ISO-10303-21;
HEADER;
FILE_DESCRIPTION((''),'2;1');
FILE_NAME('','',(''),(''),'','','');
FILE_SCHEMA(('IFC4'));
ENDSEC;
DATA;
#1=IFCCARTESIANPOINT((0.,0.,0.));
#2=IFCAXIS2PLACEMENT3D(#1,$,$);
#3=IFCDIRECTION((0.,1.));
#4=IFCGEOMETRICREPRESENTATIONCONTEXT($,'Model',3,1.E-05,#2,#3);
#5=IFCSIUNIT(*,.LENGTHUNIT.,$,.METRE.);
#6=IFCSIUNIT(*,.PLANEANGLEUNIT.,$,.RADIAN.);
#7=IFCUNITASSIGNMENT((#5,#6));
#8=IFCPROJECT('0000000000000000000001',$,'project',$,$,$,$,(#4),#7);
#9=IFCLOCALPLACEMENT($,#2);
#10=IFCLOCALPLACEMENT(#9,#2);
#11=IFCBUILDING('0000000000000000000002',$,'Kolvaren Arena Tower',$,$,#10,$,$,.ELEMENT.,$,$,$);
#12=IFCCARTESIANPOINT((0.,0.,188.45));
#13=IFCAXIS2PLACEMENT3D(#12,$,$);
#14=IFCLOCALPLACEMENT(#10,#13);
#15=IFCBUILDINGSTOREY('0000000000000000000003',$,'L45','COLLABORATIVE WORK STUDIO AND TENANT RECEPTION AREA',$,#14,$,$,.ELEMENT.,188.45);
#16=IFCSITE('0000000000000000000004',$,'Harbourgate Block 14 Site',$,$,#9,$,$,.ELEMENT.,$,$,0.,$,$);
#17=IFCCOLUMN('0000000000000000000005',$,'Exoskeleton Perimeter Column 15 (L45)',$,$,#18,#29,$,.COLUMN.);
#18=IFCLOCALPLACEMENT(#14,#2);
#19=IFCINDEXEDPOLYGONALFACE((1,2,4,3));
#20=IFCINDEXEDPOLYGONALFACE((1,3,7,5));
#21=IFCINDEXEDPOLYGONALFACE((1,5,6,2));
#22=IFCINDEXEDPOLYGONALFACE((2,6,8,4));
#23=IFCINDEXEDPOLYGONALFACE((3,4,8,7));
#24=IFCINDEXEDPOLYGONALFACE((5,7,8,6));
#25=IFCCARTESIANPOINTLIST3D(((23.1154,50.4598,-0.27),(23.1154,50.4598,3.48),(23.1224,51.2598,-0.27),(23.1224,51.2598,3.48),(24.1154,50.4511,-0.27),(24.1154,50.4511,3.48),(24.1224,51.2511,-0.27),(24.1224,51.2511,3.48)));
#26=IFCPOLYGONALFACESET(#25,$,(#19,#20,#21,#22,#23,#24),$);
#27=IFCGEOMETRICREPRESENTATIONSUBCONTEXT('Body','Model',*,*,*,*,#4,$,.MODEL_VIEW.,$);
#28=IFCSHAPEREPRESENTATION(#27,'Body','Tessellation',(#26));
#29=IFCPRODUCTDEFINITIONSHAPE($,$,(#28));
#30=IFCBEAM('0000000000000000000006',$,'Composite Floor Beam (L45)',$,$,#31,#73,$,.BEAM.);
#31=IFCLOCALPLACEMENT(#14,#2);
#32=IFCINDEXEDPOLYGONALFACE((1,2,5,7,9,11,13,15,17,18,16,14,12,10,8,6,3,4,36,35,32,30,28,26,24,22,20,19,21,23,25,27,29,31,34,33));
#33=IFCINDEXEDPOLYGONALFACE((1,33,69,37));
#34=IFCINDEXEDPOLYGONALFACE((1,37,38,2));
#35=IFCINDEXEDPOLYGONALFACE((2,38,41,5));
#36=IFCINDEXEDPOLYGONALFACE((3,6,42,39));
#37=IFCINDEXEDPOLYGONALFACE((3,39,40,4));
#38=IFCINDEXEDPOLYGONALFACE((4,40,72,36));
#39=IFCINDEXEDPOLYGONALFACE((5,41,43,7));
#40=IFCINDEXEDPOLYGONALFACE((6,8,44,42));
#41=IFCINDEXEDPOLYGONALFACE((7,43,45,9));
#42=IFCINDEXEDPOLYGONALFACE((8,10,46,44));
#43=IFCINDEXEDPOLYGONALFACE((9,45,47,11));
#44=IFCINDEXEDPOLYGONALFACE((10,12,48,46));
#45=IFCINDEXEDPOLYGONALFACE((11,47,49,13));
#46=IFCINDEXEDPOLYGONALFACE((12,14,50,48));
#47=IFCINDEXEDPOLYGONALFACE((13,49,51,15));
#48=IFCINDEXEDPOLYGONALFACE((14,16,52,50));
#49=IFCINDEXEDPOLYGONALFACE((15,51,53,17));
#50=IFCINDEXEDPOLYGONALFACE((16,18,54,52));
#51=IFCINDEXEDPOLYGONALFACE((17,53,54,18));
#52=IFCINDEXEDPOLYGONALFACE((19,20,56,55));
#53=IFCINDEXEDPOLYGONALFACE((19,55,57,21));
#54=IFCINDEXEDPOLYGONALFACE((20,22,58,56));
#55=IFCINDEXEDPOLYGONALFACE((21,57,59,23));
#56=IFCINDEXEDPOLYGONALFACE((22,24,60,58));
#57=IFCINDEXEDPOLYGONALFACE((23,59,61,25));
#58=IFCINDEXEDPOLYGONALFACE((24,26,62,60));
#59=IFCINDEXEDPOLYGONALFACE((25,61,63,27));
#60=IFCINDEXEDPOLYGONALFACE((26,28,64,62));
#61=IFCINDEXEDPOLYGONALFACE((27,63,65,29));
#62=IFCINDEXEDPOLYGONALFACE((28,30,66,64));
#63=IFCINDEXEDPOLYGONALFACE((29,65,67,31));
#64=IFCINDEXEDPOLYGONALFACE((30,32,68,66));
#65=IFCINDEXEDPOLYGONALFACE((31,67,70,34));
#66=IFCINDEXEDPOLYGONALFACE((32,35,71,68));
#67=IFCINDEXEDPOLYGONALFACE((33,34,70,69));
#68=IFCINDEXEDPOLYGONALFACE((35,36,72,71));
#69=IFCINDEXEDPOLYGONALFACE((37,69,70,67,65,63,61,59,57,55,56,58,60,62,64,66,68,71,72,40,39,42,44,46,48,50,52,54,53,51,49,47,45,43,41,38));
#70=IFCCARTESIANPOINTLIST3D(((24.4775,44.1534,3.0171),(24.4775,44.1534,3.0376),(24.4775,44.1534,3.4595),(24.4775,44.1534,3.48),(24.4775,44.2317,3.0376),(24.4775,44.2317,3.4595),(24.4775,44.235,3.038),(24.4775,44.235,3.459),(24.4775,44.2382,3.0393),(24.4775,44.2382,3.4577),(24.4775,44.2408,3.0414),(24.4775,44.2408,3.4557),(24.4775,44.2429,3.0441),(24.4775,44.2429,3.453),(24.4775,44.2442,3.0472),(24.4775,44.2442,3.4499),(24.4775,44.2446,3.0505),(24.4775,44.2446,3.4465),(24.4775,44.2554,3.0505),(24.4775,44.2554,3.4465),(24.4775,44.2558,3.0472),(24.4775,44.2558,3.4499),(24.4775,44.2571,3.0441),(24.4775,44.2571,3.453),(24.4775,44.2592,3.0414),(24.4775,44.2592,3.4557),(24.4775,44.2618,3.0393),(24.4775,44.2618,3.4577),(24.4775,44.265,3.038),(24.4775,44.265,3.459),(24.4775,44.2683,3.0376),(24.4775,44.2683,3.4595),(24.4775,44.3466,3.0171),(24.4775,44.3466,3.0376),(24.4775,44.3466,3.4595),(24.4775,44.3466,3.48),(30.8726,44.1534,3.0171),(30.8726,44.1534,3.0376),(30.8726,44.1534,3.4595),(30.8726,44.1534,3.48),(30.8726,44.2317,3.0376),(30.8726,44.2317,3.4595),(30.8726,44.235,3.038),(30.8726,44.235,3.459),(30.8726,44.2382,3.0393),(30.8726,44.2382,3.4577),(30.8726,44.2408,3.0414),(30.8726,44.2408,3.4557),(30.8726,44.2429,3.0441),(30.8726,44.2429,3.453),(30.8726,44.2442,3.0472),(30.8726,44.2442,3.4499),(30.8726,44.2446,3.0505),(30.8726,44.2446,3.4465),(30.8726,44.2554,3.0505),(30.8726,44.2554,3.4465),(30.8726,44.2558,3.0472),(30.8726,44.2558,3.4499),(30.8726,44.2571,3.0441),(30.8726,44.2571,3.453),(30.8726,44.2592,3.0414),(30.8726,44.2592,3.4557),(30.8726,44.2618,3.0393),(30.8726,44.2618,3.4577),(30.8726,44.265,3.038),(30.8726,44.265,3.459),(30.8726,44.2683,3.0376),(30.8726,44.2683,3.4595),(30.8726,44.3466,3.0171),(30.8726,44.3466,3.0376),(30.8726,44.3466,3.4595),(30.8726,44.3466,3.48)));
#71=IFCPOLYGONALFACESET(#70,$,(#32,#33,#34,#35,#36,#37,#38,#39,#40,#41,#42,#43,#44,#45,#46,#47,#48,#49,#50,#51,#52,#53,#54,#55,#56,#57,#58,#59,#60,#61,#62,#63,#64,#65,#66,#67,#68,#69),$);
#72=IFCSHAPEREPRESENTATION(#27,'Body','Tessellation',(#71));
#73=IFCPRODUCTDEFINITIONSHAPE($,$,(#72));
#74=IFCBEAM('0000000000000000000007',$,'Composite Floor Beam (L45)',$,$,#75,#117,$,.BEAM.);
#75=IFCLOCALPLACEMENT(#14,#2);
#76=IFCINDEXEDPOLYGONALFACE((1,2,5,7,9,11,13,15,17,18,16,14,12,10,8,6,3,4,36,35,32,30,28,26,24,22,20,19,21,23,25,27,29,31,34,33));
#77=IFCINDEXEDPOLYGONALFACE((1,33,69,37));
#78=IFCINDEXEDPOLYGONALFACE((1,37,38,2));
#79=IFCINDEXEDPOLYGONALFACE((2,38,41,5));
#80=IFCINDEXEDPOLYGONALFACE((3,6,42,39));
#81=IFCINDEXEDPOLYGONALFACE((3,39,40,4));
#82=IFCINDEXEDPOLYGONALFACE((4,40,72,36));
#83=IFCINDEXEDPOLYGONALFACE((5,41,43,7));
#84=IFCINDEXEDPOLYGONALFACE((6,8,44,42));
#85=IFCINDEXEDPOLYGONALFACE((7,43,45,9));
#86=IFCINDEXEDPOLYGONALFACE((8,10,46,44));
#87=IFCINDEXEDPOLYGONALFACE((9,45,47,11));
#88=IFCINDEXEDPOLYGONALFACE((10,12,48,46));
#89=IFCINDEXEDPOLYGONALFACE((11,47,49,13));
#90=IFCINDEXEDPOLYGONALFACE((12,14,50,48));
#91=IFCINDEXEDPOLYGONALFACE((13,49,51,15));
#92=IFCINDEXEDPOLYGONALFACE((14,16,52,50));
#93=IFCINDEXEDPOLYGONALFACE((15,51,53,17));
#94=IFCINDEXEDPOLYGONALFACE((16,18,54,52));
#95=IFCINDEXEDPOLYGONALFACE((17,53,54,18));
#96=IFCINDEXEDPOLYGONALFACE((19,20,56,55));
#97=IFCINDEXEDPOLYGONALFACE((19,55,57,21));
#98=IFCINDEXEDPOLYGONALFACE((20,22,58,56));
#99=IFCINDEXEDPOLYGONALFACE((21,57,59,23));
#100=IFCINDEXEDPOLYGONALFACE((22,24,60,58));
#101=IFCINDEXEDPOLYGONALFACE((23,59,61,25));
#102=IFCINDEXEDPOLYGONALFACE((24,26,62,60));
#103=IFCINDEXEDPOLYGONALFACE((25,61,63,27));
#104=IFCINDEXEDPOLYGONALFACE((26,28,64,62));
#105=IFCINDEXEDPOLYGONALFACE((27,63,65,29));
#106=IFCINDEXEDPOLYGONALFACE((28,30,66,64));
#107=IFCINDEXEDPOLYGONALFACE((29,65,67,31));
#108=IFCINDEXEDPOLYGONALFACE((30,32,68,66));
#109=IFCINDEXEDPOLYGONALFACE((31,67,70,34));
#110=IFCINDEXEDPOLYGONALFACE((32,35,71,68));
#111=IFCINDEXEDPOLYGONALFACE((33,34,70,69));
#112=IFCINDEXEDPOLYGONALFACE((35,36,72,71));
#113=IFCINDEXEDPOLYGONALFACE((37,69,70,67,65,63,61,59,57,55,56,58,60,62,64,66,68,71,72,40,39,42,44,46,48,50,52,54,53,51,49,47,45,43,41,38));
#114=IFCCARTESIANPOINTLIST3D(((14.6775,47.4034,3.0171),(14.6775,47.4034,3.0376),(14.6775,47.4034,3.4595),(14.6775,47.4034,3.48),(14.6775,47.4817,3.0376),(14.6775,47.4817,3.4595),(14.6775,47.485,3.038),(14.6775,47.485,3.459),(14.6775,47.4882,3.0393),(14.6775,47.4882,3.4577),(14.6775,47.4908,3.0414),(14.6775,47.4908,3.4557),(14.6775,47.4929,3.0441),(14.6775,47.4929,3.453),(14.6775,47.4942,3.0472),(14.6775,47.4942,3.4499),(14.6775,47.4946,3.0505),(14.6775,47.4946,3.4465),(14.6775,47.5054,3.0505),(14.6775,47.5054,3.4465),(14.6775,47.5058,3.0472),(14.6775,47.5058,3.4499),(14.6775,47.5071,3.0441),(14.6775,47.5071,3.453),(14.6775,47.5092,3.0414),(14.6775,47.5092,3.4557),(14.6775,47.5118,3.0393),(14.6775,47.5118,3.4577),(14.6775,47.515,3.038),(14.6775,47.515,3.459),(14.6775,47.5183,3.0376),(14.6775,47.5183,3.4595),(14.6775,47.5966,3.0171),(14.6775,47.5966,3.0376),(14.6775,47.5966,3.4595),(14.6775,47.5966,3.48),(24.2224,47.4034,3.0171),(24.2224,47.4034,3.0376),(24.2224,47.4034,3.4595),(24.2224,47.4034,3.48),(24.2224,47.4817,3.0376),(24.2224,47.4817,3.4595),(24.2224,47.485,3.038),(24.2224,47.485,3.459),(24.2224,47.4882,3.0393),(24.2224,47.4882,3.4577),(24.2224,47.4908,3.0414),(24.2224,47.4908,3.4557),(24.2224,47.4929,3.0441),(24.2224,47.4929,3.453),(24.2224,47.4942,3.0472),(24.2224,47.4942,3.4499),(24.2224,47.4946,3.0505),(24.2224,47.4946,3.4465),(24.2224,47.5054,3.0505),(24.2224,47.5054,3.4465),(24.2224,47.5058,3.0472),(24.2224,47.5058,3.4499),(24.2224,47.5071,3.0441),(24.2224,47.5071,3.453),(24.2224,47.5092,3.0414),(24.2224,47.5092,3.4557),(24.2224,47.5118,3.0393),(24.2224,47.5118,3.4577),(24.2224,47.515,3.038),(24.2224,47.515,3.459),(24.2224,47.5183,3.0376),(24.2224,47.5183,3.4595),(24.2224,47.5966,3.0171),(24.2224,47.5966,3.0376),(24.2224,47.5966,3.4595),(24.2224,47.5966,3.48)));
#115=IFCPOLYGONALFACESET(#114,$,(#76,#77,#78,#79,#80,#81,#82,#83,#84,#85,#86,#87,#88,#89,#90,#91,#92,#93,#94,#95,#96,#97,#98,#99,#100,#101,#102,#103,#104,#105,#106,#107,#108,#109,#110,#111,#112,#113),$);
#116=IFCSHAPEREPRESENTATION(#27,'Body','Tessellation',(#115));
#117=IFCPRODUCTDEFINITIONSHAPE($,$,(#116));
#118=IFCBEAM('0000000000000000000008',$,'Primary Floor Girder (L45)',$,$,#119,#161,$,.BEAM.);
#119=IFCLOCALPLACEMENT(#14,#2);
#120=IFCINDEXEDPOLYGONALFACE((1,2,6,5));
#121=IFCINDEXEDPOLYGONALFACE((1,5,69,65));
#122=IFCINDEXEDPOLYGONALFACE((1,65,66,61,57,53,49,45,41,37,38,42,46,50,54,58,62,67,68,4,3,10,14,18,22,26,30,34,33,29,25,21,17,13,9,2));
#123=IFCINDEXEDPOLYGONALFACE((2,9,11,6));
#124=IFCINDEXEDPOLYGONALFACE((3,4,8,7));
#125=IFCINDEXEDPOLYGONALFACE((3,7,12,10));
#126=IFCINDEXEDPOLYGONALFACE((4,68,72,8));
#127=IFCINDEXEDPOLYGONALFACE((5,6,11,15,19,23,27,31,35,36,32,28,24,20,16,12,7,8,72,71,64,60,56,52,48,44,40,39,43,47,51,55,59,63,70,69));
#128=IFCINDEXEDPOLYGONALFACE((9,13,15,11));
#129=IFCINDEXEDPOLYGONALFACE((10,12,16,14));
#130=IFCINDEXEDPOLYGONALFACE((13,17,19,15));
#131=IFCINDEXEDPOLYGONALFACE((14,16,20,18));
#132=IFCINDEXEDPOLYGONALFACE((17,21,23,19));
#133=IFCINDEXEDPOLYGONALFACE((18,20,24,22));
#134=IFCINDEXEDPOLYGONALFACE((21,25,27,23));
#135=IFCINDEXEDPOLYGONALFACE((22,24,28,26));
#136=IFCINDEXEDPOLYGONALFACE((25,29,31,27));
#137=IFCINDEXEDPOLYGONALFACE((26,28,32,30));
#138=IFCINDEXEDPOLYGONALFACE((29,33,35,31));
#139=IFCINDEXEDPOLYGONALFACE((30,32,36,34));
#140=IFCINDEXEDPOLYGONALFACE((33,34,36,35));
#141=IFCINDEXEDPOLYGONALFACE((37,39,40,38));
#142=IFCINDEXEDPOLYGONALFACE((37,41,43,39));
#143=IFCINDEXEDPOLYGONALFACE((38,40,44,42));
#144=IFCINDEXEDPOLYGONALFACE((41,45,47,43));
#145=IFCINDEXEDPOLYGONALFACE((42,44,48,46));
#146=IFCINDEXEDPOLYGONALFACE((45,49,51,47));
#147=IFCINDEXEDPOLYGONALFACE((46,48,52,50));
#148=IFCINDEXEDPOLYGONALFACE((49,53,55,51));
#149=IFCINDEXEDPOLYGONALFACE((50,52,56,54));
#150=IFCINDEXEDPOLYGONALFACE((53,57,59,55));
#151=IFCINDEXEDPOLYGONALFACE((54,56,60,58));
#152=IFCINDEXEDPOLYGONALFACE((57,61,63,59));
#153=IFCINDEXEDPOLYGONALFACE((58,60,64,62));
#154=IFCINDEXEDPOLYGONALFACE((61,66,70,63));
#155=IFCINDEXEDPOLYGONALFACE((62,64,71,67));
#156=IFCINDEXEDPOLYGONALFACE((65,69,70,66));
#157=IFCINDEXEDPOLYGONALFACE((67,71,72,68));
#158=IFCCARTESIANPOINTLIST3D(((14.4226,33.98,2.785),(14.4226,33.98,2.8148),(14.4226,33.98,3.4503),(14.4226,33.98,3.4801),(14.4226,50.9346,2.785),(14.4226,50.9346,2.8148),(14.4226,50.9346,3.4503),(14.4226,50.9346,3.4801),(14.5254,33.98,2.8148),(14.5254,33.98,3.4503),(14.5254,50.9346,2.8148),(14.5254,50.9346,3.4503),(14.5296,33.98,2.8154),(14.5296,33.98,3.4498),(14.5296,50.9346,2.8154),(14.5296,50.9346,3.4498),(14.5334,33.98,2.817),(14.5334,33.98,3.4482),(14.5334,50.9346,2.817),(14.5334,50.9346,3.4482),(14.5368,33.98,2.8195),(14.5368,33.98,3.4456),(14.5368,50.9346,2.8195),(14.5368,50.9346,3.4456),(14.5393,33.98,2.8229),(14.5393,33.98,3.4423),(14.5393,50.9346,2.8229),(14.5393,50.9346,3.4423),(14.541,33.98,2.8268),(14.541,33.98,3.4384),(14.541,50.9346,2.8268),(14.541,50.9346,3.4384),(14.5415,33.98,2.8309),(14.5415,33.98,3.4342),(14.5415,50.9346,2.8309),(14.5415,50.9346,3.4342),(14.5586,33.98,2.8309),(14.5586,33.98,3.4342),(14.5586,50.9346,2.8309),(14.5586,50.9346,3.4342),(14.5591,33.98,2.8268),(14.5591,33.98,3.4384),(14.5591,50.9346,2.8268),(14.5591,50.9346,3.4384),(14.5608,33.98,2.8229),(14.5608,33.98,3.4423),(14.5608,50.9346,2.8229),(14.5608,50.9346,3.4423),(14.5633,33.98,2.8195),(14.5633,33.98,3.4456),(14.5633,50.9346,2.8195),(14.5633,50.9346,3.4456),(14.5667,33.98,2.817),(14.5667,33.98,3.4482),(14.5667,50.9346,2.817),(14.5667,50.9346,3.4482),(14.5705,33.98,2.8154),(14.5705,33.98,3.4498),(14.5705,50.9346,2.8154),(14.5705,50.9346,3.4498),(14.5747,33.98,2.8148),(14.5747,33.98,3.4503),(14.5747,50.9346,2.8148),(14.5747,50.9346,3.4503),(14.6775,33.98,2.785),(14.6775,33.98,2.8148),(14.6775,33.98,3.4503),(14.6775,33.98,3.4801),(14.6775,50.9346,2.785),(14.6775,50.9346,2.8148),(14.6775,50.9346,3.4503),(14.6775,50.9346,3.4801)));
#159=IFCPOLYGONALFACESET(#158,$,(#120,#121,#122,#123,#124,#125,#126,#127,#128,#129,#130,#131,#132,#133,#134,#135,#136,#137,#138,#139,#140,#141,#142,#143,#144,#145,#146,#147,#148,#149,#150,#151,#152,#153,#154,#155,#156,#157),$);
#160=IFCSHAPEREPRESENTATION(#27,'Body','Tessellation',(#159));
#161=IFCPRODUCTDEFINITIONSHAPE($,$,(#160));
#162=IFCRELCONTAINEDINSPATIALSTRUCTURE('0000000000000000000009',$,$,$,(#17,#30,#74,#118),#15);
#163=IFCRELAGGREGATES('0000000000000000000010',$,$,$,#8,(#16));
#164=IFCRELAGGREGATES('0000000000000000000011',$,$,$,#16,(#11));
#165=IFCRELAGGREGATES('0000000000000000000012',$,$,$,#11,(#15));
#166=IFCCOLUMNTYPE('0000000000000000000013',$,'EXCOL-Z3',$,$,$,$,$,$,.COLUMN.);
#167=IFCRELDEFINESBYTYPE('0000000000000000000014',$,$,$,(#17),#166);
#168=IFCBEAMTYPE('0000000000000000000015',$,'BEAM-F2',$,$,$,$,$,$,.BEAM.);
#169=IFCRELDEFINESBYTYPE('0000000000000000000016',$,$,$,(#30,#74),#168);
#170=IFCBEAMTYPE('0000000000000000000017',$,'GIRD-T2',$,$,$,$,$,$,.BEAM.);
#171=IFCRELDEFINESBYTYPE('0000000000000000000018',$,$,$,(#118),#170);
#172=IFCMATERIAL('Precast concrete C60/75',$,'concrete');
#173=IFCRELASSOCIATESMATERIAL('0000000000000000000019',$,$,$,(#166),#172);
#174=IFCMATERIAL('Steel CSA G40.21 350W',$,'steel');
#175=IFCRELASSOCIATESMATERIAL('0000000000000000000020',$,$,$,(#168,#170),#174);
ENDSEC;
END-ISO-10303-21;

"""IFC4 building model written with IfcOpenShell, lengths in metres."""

from ifc_helpers import new_model, si_unit, direction, frame, origin, origin_2d, place, context, subcontext, project, spatial, rectangle, i_section, extrude, material, material_profile, profile_set, type_object, element, save


model = new_model("IFC4")

# Units and contexts
model_context = context("Model", 3, precision=1e-05, world=origin(), true_north=direction((0.0, 1.0)))
body_context = subcontext(model_context, "Body", "Model", "MODEL_VIEW")
ifc_project = project(units=[si_unit("LENGTHUNIT", "METRE"), si_unit("PLANEANGLEUNIT", "RADIAN")], contexts=[model_context])

# Site, building, storey
site_placement = place(None, origin())
site = spatial("IfcSite", under=ifc_project, at=site_placement, Name="Harbourgate Block 14 Site", CompositionType="ELEMENT", RefElevation=0.0)
building_placement = place(site_placement, origin())
building = spatial("IfcBuilding", under=site, at=building_placement, Name="Kolvaren Arena Tower", CompositionType="ELEMENT")
storey_placement = place(building_placement, frame((0.0, 0.0, 188.45)))
storey = spatial("IfcBuildingStorey", under=building, at=storey_placement, Name="L45", Description="COLLABORATIVE WORK STUDIO AND TENANT RECEPTION AREA", CompositionType="ELEMENT", Elevation=188.45)

# Column
ifc_material_1 = material(Name="Precast concrete C60/75", Category="concrete")
ifc_material_profile_1 = material_profile(ifc_material_1, rectangle(XDim=1.0, YDim=0.8, at=origin_2d()), Name="RC-1000x800")
ifc_profile_set_1 = profile_set([ifc_material_profile_1], Name="Precast concrete C60/75")
column_type = type_object("IfcColumnType", Name="EXCOL-Z3", PredefinedType="COLUMN", material=ifc_profile_set_1)
column_placement = place(storey_placement, frame((23.6189, 50.8555, -0.27), z_axis=(0.0, 0.0, 1.0), x_axis=(0.999962, -0.008727, 0.0)))
element("IfcColumn", 1, at=column_placement, inside=storey, type_object=column_type, Name="Exoskeleton Perimeter Column 15 (L45)", PredefinedType="COLUMN", context=body_context, shape_type="SweptSolid", body=[
    extrude(rectangle(XDim=1.0, YDim=0.8, at=origin_2d()), origin(), (0.0, 0.0, 1.0), 3.75),
])

# Beams
ifc_material_2 = material(Name="Steel CSA G40.21 350W", Category="steel")
ifc_material_profile_2 = material_profile(ifc_material_2, i_section(OverallWidth=0.1931, OverallDepth=0.4629, WebThickness=0.0107, FlangeThickness=0.0205, FilletRadius=0.0129, at=origin_2d()), Name="W460x113")
ifc_profile_set_2 = profile_set([ifc_material_profile_2], Name="Steel CSA G40.21 350W")
beam_type_1 = type_object("IfcBeamType", Name="BEAM-F2", PredefinedType="BEAM", material=ifc_profile_set_2)
beam_1_placement = place(storey_placement, frame((24.4775, 44.25, 3.2485), z_axis=(1.0, 0.0, 0.0), x_axis=(0.0, 1.0, 0.0)))
element("IfcBeam", 2, at=beam_1_placement, inside=storey, type_object=beam_type_1, Name="Composite Floor Beam (L45)", PredefinedType="BEAM", context=body_context, shape_type="SweptSolid", body=[
    extrude(i_section(OverallWidth=0.1931, OverallDepth=0.4629, WebThickness=0.0107, FlangeThickness=0.0205, FilletRadius=0.0129, at=origin_2d()), origin(), (0.0, 0.0, 1.0), 6.395),
])
beam_2_placement = place(storey_placement, frame((14.6775, 47.5, 3.2485), z_axis=(1.0, 0.0, 0.0), x_axis=(0.0, 1.0, 0.0)))
element("IfcBeam", 3, at=beam_2_placement, inside=storey, type_object=beam_type_1, Name="Composite Floor Beam (L45)", PredefinedType="BEAM", context=body_context, shape_type="SweptSolid", body=[
    extrude(i_section(OverallWidth=0.1931, OverallDepth=0.4629, WebThickness=0.0107, FlangeThickness=0.0205, FilletRadius=0.0129, at=origin_2d()), origin(), (0.0, 0.0, 1.0), 9.5449),
])
ifc_material_profile_3 = material_profile(ifc_material_2, i_section(OverallWidth=0.2549, OverallDepth=0.6951, WebThickness=0.0171, FlangeThickness=0.0298, FilletRadius=0.0161, at=origin_2d()), Name="W690x217")
ifc_profile_set_3 = profile_set([ifc_material_profile_3], Name="Steel CSA G40.21 350W")
beam_type_2 = type_object("IfcBeamType", Name="GIRD-T2", PredefinedType="BEAM", material=ifc_profile_set_3)
beam_3_placement = place(storey_placement, frame((14.55, 33.98, 3.1326), z_axis=(0.0, 1.0, 0.0), x_axis=(-1.0, 0.0, 0.0)))
element("IfcBeam", 4, at=beam_3_placement, inside=storey, type_object=beam_type_2, Name="Primary Floor Girder (L45)", PredefinedType="BEAM", context=body_context, shape_type="SweptSolid", body=[
    extrude(i_section(OverallWidth=0.2549, OverallDepth=0.6951, WebThickness=0.0171, FlangeThickness=0.0298, FilletRadius=0.0161, at=origin_2d()), origin(), (0.0, 0.0, 1.0), 16.9546),
])

save(model, "model.ifc")
